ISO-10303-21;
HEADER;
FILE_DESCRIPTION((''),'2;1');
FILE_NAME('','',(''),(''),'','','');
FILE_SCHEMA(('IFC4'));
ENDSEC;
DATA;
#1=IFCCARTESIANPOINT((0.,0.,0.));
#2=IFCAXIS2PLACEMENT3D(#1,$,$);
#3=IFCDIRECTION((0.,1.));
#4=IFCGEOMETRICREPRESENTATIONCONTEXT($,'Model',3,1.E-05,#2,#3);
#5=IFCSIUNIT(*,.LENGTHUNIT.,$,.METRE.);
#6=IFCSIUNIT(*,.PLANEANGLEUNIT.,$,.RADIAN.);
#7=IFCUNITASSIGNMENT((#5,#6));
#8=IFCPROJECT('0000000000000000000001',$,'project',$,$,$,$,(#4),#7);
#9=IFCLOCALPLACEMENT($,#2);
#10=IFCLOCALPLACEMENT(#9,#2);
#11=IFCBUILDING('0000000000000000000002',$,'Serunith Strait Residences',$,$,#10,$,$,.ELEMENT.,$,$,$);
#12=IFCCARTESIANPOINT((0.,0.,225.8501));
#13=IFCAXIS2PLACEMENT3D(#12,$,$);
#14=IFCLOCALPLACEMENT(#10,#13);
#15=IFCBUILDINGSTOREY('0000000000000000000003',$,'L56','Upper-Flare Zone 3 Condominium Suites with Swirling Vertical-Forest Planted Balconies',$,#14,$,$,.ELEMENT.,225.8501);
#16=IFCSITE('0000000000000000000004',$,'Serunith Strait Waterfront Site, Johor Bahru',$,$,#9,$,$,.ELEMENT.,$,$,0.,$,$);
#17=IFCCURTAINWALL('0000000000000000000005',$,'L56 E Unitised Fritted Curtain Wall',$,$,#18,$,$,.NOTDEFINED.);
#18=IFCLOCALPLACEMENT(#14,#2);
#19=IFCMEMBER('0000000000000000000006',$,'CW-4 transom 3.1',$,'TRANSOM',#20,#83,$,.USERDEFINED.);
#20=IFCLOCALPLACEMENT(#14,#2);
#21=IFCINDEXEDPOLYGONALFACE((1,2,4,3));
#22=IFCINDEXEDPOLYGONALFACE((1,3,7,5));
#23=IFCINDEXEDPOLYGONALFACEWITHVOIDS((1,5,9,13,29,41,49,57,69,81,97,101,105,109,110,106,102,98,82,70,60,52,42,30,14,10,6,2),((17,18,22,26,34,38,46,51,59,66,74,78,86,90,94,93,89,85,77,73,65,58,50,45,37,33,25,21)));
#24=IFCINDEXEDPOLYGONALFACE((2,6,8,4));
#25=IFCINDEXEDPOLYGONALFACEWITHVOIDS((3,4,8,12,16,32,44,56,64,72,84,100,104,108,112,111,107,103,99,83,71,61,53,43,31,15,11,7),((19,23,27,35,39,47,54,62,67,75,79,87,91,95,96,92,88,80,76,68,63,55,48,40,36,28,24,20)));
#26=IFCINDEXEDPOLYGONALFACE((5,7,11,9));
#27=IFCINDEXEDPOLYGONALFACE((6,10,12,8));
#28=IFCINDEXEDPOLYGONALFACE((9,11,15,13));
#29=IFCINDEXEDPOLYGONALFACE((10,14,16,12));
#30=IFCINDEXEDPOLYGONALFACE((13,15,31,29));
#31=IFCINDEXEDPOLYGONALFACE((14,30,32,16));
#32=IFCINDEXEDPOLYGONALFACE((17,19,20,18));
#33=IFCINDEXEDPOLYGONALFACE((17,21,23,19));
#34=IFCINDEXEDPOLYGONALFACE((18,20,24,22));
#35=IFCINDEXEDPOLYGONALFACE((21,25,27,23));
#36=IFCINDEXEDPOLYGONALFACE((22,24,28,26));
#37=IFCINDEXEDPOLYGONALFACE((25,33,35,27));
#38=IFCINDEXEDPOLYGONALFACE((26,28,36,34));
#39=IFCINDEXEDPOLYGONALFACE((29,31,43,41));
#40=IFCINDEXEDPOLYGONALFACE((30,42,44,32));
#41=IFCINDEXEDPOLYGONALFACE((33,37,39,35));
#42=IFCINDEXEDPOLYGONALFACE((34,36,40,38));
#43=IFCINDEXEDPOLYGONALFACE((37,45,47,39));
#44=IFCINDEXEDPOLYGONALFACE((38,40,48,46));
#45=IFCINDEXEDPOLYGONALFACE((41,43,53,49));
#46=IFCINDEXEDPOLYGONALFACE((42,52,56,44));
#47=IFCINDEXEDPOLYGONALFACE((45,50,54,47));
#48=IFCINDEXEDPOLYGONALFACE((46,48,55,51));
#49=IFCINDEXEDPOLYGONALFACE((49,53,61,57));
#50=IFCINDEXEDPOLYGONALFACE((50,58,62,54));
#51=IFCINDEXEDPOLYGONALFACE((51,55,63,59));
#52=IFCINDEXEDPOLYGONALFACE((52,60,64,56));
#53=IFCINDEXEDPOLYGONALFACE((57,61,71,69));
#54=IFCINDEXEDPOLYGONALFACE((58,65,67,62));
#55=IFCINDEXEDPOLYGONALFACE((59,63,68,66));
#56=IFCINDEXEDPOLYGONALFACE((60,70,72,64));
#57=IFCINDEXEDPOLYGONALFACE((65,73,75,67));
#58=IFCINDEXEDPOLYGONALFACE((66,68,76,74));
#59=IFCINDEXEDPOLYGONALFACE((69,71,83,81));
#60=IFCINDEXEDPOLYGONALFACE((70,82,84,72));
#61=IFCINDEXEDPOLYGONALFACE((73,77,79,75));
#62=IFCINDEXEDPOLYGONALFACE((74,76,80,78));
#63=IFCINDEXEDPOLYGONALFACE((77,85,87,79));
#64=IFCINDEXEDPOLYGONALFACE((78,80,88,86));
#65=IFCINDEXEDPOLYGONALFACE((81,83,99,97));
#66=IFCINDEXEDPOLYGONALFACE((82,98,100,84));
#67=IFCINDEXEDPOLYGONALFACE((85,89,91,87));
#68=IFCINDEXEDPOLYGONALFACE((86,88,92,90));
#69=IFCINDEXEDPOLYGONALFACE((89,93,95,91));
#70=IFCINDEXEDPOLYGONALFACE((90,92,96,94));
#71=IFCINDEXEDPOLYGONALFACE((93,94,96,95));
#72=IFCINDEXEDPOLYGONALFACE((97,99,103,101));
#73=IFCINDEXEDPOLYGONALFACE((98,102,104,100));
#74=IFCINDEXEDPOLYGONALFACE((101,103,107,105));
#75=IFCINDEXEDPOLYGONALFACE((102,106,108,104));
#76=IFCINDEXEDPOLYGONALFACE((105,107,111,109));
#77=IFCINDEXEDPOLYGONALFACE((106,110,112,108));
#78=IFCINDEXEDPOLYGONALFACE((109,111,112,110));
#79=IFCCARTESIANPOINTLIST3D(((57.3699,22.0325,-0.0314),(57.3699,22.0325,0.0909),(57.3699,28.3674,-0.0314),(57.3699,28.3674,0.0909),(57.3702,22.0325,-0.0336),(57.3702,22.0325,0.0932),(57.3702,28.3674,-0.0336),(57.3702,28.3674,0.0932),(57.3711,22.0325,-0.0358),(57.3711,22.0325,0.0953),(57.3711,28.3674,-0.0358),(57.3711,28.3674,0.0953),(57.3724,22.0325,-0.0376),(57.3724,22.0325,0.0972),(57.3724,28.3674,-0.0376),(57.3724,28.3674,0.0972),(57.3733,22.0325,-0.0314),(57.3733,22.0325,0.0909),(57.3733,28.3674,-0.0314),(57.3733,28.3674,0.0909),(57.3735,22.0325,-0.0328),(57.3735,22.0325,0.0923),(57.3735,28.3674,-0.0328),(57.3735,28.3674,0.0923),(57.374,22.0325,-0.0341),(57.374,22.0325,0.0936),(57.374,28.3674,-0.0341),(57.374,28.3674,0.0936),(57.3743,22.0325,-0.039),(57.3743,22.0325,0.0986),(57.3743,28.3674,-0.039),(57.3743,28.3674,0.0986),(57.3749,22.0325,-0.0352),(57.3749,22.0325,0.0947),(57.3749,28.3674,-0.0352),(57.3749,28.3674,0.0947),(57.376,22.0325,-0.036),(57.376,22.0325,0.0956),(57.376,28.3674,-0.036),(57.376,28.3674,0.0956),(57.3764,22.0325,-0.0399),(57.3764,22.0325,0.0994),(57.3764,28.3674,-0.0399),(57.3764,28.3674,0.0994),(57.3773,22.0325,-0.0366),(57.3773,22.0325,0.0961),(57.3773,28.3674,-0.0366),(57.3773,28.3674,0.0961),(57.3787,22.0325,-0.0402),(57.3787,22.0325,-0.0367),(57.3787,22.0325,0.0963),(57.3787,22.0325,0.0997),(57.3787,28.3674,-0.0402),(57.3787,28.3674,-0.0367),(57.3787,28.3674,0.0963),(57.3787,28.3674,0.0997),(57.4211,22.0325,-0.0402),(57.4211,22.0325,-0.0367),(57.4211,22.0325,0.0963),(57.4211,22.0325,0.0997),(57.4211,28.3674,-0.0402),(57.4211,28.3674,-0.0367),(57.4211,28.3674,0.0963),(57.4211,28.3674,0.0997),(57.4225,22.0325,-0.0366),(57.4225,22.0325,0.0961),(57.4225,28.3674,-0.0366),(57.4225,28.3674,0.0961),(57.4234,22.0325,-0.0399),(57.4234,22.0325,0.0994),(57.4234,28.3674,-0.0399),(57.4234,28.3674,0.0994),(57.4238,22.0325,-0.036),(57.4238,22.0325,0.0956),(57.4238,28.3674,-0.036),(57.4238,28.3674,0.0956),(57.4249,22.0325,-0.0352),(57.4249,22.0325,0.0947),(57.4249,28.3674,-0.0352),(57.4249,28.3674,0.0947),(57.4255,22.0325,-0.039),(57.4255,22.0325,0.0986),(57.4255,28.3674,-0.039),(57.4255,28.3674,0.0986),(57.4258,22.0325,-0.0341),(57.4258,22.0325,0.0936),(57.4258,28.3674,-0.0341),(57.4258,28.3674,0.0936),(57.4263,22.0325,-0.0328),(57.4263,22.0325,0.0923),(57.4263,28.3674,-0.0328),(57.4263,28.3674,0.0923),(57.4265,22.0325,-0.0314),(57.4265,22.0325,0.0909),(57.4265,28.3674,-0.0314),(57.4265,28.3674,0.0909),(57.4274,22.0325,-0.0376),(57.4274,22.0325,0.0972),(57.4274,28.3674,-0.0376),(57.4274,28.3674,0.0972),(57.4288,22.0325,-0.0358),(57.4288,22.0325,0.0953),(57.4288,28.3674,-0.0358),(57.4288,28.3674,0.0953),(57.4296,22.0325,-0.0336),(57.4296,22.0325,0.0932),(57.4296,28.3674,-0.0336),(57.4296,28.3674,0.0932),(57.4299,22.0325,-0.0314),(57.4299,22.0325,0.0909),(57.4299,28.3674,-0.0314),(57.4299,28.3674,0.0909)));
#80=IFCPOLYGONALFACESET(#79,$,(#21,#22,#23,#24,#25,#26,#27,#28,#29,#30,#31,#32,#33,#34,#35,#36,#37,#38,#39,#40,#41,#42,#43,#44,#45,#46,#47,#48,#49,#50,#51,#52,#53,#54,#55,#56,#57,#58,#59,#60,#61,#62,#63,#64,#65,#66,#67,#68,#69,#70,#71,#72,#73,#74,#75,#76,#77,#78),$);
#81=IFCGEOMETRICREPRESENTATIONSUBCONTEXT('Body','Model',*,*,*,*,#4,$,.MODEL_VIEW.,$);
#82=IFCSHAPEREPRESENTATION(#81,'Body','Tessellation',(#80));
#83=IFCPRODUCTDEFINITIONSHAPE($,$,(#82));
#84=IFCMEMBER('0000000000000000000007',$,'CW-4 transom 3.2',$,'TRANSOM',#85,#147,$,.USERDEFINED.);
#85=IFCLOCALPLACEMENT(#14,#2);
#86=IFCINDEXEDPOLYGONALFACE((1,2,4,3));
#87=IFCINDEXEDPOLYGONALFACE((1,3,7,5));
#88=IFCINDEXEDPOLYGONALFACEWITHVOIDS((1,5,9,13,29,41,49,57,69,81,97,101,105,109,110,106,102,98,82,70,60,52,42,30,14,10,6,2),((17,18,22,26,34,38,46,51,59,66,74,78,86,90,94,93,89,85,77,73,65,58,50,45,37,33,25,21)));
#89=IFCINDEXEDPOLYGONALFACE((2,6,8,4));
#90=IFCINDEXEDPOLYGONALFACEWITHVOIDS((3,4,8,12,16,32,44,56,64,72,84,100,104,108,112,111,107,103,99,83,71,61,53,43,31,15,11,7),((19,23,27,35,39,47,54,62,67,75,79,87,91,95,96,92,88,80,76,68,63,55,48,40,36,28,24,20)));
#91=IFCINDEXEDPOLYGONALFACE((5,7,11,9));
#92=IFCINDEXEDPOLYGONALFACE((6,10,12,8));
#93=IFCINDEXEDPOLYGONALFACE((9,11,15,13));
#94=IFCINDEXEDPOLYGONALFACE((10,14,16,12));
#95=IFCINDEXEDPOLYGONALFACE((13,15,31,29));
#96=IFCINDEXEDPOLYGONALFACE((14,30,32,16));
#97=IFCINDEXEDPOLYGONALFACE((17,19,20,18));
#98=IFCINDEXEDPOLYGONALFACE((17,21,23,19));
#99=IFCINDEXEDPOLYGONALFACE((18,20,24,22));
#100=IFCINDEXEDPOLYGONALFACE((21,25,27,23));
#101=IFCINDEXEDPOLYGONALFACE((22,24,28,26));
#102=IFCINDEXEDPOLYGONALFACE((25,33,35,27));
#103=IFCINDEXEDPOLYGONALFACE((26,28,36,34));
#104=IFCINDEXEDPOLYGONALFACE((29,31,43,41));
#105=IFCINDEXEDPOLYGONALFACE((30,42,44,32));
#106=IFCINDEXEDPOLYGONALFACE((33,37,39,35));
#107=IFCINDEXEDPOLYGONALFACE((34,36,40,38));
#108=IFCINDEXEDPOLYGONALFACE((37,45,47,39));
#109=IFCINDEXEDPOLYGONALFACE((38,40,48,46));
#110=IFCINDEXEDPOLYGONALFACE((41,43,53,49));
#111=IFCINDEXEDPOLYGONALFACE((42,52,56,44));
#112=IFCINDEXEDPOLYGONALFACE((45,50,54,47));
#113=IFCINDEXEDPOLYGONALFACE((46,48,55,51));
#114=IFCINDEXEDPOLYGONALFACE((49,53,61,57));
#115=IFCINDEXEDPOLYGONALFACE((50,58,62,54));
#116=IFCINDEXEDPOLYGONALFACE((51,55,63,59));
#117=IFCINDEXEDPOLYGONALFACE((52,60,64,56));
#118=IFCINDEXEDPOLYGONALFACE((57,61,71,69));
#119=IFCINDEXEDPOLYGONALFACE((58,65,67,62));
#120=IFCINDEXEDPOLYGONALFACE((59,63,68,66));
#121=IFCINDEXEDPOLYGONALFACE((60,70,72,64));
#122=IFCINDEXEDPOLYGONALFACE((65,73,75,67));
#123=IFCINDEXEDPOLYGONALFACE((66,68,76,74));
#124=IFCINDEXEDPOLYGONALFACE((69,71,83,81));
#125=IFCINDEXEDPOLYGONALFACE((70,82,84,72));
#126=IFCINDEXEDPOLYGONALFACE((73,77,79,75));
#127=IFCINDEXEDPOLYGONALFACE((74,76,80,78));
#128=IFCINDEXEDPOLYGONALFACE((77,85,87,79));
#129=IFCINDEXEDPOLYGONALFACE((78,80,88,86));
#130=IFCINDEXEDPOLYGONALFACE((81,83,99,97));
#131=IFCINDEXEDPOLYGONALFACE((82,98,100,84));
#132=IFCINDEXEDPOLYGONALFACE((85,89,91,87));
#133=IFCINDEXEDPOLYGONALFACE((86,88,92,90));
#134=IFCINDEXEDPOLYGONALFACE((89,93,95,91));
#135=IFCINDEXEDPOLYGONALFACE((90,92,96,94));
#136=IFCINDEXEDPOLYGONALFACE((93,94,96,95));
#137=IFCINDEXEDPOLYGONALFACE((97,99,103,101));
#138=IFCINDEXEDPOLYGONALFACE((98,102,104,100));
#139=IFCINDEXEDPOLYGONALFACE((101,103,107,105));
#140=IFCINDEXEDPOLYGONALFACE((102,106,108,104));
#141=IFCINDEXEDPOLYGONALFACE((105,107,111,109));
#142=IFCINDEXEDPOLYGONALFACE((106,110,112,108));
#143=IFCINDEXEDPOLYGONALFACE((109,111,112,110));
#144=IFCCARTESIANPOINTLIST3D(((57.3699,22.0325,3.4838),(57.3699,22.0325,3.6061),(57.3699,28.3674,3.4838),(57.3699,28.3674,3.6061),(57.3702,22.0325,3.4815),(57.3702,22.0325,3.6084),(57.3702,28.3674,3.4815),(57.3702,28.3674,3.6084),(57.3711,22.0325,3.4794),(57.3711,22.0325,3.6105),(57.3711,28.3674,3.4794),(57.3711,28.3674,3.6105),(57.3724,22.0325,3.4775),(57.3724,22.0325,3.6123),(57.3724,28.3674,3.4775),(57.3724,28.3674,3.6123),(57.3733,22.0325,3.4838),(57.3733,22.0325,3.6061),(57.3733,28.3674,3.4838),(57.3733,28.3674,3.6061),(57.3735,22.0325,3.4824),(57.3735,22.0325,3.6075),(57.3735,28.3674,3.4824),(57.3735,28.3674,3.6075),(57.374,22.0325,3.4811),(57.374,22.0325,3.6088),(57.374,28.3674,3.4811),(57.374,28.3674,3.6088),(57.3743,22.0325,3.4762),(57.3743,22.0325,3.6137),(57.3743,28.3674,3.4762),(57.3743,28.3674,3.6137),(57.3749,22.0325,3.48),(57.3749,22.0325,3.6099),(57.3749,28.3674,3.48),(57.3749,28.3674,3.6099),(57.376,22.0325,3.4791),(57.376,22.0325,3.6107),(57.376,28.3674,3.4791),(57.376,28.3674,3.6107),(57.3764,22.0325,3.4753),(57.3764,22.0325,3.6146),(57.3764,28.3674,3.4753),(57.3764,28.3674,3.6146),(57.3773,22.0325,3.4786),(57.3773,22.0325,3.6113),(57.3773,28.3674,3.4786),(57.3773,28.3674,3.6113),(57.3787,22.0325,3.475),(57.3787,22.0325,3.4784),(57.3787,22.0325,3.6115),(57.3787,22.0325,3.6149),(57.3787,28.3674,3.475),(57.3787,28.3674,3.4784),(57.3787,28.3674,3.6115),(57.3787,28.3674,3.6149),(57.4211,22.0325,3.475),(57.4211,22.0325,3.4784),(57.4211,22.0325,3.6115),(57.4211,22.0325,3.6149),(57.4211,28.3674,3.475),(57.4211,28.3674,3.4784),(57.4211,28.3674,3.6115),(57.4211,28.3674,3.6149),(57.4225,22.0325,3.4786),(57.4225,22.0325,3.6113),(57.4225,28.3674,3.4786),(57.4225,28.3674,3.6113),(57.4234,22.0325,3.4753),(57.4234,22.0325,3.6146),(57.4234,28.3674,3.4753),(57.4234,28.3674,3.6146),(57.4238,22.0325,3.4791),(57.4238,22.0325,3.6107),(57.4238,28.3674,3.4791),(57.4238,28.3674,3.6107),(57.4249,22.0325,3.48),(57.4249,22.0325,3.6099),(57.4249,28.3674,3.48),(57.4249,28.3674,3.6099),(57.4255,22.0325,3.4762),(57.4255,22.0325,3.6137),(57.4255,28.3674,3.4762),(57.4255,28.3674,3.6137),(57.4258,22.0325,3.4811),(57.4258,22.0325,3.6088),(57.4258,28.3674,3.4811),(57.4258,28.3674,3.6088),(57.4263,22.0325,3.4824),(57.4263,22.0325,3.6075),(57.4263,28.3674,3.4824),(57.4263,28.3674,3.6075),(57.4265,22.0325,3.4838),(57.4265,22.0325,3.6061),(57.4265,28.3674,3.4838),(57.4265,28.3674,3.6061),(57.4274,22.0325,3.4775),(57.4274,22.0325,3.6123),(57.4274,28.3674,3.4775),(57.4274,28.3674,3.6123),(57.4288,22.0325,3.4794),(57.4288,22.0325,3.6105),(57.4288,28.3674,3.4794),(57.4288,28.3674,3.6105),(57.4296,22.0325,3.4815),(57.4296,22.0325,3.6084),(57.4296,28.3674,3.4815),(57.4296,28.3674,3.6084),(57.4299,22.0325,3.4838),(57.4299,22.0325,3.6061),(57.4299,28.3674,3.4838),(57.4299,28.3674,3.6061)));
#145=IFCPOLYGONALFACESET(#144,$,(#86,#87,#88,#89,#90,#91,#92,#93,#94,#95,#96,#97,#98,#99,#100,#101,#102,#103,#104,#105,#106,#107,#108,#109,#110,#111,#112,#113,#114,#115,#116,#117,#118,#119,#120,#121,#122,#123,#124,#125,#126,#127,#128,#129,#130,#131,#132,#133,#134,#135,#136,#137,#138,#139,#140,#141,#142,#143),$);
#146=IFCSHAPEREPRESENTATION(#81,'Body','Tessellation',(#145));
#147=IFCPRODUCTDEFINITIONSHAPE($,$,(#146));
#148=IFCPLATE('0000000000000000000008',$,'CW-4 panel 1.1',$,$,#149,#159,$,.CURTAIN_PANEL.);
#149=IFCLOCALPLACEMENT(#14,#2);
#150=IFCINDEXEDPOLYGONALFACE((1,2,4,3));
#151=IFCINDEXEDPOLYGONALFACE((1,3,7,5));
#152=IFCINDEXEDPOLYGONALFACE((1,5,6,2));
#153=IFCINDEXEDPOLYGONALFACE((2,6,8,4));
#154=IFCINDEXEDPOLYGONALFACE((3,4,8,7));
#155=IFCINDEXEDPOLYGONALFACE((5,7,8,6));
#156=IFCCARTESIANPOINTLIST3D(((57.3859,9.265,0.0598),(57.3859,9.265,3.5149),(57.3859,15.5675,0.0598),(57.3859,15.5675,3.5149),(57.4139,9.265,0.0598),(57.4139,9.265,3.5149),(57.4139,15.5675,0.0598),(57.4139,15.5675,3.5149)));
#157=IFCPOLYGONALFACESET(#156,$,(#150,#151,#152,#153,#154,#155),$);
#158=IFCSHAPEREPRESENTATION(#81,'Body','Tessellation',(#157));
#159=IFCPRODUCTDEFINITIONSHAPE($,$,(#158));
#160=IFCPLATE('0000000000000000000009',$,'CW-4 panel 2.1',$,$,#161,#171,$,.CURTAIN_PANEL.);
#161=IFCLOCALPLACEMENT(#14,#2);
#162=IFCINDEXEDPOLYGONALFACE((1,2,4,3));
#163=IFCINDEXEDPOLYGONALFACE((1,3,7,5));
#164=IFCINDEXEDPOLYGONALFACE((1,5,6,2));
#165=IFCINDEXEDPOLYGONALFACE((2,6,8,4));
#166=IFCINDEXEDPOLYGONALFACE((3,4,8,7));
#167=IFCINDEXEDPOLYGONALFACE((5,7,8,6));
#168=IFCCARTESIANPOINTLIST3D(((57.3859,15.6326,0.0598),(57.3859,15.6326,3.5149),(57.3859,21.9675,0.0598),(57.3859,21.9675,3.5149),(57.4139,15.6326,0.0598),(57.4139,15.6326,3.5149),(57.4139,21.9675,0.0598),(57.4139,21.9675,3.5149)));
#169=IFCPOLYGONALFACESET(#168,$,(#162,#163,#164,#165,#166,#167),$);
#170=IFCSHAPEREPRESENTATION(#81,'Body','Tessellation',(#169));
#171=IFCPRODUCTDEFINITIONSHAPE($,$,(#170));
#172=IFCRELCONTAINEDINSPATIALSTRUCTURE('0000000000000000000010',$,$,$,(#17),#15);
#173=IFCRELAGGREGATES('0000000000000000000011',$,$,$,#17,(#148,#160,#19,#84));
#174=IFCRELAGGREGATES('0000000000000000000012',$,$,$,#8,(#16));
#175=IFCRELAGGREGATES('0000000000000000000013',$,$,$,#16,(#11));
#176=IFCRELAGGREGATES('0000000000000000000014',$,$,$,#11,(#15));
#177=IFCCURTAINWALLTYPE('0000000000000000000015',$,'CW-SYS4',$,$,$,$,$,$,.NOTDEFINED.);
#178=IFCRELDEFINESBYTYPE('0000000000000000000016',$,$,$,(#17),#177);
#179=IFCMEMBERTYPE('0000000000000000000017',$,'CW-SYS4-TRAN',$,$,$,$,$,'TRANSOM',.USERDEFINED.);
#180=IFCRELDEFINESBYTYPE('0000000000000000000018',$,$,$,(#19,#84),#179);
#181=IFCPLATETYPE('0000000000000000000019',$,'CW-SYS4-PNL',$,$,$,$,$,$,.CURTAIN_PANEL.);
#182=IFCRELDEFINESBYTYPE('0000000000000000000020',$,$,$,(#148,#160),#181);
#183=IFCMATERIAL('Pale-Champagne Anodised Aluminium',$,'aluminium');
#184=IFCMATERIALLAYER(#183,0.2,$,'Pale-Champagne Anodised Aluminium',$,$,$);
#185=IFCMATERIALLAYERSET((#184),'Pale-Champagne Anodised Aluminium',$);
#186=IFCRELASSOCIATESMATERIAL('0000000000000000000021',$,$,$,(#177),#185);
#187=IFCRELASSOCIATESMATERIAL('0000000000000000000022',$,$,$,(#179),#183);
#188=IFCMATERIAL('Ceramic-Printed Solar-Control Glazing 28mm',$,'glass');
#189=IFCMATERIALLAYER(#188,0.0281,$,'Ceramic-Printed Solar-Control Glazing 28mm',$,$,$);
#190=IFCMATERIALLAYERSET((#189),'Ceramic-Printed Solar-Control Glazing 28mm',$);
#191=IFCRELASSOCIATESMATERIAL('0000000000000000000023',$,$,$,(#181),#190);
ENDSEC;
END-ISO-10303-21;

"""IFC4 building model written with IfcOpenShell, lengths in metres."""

from ifc_helpers import new_model, si_unit, direction, frame, origin, origin_2d, place, context, subcontext, project, spatial, rectangle, hollow_rectangle, extrude, source, transform, mapped, material, layer, layer_set, material_profile, profile_set, type_object, element, aggregate, save


model = new_model("IFC4")

# Units and contexts
model_context = context("Model", 3, precision=1e-05, world=origin(), true_north=direction((0.0, 1.0)))
body_context = subcontext(model_context, "Body", "Model", "MODEL_VIEW")
ifc_project = project(units=[si_unit("LENGTHUNIT", "METRE"), si_unit("PLANEANGLEUNIT", "RADIAN")], contexts=[model_context])

# Site, building, storey
site_placement = place(None, origin())
site = spatial("IfcSite", under=ifc_project, at=site_placement, Name="Serunith Strait Waterfront Site, Johor Bahru", CompositionType="ELEMENT", RefElevation=0.0)
building_placement = place(site_placement, origin())
building = spatial("IfcBuilding", under=site, at=building_placement, Name="Serunith Strait Residences", CompositionType="ELEMENT")
storey_placement = place(building_placement, frame((0.0, 0.0, 225.8501)))
storey = spatial("IfcBuildingStorey", under=building, at=storey_placement, Name="L56", Description="Upper-Flare Zone 3 Condominium Suites with Swirling Vertical-Forest Planted Balconies", CompositionType="ELEMENT", Elevation=225.8501)

# Curtain wall, members, plates
ifc_material_1 = material(Name="Pale-Champagne Anodised Aluminium", Category="aluminium")
ifc_layer_1 = layer(ifc_material_1, 0.2, Name="Pale-Champagne Anodised Aluminium")
ifc_layer_set_1 = layer_set([ifc_layer_1], Name="Pale-Champagne Anodised Aluminium")
curtain_wall_type = type_object("IfcCurtainWallType", Name="CW-SYS4", PredefinedType="NOTDEFINED", material=ifc_layer_set_1)
curtain_wall_placement = place(storey_placement, origin())
curtain_wall = element("IfcCurtainWall", 1, at=curtain_wall_placement, inside=storey, type_object=curtain_wall_type, Name="L56 E Unitised Fritted Curtain Wall", PredefinedType="NOTDEFINED")
ifc_material_profile_1 = material_profile(ifc_material_1, hollow_rectangle(XDim=0.0601, YDim=0.1399, WallThickness=0.0034, InnerFilletRadius=0.0054, OuterFilletRadius=0.0088, at=origin_2d()), Name="ALU 140x60x3.5")
ifc_profile_set_1 = profile_set([ifc_material_profile_1], Name="Pale-Champagne Anodised Aluminium")
member_type_1 = type_object("IfcMemberType", Name="CW-SYS4-TRAN", ElementType="TRANSOM", PredefinedType="USERDEFINED", material=ifc_profile_set_1)
shared_shape_1 = source(origin(), body_context, "Body", "SweptSolid", [
    extrude(hollow_rectangle(XDim=0.0601, YDim=0.1399, WallThickness=0.0034, InnerFilletRadius=0.0054, OuterFilletRadius=0.0088, at=origin_2d()), origin(), (0.0, 0.0, 1.0), 6.335),
])
member_1_placement = place(storey_placement, frame((57.3999, 22.0325, 0.0298), z_axis=(0.0, 1.0, 0.0), x_axis=(-1.0, 0.0, 0.0)))
member_1 = element("IfcMember", 2, at=member_1_placement, type_object=member_type_1, Name="CW-4 transom 3.1", ObjectType="TRANSOM", PredefinedType="USERDEFINED", context=body_context, shape_type="MappedRepresentation", body=[
    mapped(shared_shape_1, transform((0.0, 0.0, 0.0), scale=1.0)),
])
member_2_placement = place(storey_placement, frame((57.3999, 22.0325, 3.5449), z_axis=(0.0, 1.0, 0.0), x_axis=(-1.0, 0.0, 0.0)))
member_2 = element("IfcMember", 3, at=member_2_placement, type_object=member_type_1, Name="CW-4 transom 3.2", ObjectType="TRANSOM", PredefinedType="USERDEFINED", context=body_context, shape_type="MappedRepresentation", body=[
    mapped(shared_shape_1, transform((0.0, 0.0, 0.0), scale=1.0)),
])
ifc_material_2 = material(Name="Ceramic-Printed Solar-Control Glazing 28mm", Category="glass")
ifc_layer_2 = layer(ifc_material_2, 0.0281, Name="Ceramic-Printed Solar-Control Glazing 28mm")
ifc_layer_set_2 = layer_set([ifc_layer_2], Name="Ceramic-Printed Solar-Control Glazing 28mm")
plate_type = type_object("IfcPlateType", Name="CW-SYS4-PNL", PredefinedType="CURTAIN_PANEL", material=ifc_layer_set_2)
shared_shape_2 = source(origin(), body_context, "Body", "SweptSolid", [
    extrude(rectangle(XDim=6.3025, YDim=0.0281, at=origin_2d()), origin(), (0.0, 0.0, 1.0), 3.4551),
])
plate_1_placement = place(storey_placement, frame((57.3999, 12.4163, 0.0598), z_axis=(0.0, 0.0, 1.0), x_axis=(0.0, 1.0, 0.0)))
plate_1 = element("IfcPlate", 4, at=plate_1_placement, type_object=plate_type, Name="CW-4 panel 1.1", PredefinedType="CURTAIN_PANEL", context=body_context, shape_type="MappedRepresentation", body=[
    mapped(shared_shape_2, transform((0.0, 0.0, 0.0), scale=1.0)),
])
shared_shape_3 = source(origin(), body_context, "Body", "SweptSolid", [
    extrude(rectangle(XDim=6.335, YDim=0.0281, at=origin_2d()), origin(), (0.0, 0.0, 1.0), 3.4551),
])
plate_2_placement = place(storey_placement, frame((57.3999, 18.8, 0.0598), z_axis=(0.0, 0.0, 1.0), x_axis=(0.0, 1.0, 0.0)))
plate_2 = element("IfcPlate", 5, at=plate_2_placement, type_object=plate_type, Name="CW-4 panel 2.1", PredefinedType="CURTAIN_PANEL", context=body_context, shape_type="MappedRepresentation", body=[
    mapped(shared_shape_3, transform((0.0, 0.0, 0.0), scale=1.0)),
])
aggregate(curtain_wall, [plate_1, plate_2, member_1, member_2])

save(model, "model.ifc")
